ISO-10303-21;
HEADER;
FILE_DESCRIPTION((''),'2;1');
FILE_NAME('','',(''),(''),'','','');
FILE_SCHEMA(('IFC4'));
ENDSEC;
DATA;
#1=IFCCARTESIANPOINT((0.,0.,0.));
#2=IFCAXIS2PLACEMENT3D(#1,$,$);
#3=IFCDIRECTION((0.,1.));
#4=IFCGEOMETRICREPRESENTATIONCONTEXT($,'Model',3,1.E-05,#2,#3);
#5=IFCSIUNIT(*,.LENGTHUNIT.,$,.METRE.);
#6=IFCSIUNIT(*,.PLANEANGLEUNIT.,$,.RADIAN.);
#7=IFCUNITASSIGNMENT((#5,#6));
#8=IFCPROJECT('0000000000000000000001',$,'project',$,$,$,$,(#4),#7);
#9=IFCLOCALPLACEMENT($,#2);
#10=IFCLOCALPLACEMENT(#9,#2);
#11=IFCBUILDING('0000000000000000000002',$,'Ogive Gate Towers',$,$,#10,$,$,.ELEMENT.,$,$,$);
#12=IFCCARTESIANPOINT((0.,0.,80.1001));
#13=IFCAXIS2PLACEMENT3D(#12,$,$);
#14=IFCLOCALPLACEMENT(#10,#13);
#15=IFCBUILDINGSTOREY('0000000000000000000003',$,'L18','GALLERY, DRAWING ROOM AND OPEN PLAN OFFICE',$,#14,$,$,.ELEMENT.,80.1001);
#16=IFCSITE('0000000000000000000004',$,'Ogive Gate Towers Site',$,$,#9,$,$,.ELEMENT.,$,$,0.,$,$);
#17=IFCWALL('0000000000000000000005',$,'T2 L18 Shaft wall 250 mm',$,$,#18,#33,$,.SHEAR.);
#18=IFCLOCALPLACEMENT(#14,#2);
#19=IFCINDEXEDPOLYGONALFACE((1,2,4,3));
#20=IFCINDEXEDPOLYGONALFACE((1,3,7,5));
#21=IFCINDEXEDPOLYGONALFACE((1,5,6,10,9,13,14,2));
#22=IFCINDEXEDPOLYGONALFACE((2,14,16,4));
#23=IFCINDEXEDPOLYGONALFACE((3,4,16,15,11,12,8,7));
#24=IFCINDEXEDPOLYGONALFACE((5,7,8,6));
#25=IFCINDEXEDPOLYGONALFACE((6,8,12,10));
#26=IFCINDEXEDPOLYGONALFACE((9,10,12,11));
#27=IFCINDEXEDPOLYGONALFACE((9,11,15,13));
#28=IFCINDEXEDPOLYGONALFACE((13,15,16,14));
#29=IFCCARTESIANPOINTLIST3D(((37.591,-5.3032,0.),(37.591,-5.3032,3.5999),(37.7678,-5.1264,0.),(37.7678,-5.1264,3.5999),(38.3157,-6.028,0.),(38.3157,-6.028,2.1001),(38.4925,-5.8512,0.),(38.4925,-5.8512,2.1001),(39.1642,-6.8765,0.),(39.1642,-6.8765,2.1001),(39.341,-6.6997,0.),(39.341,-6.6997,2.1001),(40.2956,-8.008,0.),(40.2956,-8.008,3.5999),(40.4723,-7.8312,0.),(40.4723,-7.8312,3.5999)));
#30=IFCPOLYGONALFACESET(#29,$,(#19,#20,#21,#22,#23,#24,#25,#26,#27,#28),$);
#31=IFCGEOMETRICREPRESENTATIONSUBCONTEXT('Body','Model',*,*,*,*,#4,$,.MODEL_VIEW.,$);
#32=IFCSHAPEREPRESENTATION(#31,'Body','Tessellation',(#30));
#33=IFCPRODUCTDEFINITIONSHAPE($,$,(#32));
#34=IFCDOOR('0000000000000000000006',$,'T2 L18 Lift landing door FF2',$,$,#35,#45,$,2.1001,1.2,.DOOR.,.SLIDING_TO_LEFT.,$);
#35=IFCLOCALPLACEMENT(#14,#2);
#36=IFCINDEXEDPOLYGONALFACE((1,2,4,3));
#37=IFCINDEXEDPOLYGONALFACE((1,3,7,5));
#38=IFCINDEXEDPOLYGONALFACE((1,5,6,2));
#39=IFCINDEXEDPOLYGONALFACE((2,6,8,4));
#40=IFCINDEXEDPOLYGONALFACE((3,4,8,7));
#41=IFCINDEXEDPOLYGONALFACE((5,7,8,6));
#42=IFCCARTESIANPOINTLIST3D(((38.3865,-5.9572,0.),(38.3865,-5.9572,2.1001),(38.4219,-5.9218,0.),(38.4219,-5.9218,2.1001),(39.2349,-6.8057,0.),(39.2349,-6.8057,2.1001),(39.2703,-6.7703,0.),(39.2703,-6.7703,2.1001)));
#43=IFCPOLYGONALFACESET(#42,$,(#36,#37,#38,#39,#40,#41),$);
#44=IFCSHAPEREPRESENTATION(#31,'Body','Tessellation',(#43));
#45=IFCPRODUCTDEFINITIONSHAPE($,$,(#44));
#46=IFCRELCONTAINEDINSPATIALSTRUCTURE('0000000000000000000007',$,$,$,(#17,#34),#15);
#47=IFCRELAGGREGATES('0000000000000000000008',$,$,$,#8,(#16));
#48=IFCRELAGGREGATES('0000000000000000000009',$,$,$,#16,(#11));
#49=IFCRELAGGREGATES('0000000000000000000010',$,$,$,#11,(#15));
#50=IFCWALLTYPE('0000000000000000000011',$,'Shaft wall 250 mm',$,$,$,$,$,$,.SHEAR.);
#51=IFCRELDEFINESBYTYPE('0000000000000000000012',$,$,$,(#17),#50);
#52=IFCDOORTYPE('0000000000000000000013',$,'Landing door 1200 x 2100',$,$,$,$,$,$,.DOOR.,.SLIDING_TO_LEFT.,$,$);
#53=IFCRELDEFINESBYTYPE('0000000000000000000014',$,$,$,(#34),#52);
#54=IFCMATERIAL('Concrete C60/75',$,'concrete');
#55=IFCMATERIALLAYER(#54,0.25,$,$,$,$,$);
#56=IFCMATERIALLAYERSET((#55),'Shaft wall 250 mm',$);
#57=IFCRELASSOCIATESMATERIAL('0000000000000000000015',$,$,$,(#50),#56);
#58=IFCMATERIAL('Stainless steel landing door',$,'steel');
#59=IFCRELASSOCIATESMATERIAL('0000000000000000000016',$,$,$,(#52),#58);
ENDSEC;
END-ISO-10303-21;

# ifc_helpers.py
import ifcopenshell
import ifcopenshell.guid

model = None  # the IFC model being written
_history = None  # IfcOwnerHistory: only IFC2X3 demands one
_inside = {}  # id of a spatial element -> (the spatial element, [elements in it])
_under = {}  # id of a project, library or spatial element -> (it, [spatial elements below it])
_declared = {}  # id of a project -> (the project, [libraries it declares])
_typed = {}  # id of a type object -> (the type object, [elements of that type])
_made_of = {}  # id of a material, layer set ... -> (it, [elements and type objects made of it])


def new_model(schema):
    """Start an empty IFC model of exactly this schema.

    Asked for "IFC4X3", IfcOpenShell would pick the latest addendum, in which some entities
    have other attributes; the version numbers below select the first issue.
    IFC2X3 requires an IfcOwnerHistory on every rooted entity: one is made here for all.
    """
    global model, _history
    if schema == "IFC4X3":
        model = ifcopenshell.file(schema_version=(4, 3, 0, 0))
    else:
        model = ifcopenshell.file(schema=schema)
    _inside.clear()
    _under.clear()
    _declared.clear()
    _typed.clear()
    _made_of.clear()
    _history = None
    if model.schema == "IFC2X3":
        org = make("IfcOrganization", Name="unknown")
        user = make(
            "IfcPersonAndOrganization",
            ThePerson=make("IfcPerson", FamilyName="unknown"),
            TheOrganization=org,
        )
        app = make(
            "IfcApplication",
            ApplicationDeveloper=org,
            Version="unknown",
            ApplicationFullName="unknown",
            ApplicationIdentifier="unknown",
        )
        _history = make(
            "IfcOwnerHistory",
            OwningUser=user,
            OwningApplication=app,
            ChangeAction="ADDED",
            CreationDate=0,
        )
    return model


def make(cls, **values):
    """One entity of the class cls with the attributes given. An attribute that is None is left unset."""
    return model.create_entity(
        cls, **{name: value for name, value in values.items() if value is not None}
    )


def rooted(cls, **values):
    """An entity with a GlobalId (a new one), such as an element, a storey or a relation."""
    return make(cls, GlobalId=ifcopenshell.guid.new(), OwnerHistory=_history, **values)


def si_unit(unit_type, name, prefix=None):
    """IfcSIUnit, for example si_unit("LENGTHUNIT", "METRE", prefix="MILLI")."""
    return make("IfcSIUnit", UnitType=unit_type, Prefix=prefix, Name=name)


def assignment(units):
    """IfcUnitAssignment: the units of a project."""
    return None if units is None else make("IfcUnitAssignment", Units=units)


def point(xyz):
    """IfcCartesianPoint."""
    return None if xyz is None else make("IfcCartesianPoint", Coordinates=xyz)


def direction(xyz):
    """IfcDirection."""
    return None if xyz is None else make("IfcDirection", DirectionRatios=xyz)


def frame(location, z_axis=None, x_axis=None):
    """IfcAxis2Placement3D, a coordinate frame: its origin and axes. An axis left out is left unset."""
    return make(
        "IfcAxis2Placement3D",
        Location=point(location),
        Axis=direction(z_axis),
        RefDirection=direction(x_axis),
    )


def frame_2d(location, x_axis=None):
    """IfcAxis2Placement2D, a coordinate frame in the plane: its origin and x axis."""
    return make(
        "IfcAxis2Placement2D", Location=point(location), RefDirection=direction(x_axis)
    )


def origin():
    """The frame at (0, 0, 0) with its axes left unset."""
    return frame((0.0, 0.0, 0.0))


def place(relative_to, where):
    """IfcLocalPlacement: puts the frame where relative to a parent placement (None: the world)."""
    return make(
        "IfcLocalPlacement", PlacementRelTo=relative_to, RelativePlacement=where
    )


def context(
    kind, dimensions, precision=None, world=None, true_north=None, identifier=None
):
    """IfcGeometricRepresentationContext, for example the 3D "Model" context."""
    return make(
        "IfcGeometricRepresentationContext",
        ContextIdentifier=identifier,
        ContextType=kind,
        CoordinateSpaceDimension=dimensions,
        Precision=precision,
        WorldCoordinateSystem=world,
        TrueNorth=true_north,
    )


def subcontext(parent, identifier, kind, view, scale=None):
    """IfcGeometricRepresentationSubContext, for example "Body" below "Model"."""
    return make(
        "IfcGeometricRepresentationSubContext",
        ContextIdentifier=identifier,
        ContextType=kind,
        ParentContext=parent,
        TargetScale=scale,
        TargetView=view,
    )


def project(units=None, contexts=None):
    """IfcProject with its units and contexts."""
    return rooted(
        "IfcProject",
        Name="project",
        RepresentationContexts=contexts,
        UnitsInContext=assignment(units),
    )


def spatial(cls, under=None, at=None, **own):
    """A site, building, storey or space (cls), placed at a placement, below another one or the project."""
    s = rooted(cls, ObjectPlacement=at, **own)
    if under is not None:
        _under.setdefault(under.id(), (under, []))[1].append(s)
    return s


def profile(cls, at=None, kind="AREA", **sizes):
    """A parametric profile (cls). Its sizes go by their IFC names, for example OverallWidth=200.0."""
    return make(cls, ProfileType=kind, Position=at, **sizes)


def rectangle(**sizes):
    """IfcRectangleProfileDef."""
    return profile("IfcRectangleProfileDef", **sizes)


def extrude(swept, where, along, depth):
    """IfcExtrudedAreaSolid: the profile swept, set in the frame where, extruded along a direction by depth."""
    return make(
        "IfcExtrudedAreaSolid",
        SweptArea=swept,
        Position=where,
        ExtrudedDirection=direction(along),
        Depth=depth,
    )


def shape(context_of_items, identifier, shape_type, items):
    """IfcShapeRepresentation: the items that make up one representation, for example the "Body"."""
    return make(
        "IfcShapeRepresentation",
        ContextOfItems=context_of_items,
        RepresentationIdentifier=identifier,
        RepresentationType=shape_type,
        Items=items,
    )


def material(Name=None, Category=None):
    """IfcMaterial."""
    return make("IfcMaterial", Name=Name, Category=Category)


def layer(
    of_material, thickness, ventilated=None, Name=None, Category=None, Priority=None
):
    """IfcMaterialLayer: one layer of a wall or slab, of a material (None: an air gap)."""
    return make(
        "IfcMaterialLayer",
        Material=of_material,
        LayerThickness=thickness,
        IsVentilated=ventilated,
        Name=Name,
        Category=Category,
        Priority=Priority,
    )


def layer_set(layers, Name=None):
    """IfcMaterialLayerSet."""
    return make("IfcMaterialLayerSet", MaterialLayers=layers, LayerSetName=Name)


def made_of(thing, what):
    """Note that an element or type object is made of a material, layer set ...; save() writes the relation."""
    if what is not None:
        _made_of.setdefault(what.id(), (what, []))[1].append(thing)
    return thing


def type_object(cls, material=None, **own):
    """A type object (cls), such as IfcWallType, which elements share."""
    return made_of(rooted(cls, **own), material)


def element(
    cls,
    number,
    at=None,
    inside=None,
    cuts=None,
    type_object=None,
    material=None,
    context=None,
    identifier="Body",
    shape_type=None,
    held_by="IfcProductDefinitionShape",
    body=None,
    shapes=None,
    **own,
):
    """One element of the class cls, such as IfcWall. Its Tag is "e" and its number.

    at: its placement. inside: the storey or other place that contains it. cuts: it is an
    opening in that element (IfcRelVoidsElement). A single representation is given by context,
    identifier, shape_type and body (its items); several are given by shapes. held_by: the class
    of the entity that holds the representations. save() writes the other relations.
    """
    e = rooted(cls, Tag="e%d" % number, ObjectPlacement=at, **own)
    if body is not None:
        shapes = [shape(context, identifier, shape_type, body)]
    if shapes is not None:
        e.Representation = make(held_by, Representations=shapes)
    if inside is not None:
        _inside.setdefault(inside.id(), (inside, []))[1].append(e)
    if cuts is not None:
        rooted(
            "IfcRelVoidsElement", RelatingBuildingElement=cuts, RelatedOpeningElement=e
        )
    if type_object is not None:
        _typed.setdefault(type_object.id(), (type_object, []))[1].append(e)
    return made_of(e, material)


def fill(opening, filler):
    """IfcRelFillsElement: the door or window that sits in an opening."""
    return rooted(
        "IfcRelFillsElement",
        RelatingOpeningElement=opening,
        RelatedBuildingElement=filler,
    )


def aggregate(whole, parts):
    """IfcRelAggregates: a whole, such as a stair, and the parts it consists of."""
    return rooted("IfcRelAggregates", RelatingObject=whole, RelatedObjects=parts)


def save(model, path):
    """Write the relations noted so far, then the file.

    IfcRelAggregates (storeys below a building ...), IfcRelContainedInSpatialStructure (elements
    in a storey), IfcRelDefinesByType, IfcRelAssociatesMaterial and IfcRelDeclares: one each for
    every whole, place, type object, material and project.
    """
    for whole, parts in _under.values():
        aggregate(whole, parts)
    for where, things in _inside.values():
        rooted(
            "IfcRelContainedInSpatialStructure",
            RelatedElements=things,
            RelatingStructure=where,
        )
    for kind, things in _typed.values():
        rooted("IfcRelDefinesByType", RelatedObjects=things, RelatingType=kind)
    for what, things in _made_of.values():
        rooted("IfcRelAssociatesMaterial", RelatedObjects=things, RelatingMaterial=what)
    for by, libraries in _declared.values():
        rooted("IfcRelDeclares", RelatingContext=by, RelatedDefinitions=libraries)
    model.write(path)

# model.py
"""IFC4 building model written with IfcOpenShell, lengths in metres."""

from ifc_helpers import new_model, si_unit, direction, frame, frame_2d, origin, place, context, subcontext, project, spatial, rectangle, extrude, material, layer, layer_set, type_object, element, fill, save


model = new_model("IFC4")

# Units and contexts
model_context = context("Model", 3, precision=1e-05, world=origin(), true_north=direction((0.0, 1.0)))
body_context = subcontext(model_context, "Body", "Model", "MODEL_VIEW")
ifc_project = project(units=[si_unit("LENGTHUNIT", "METRE"), si_unit("PLANEANGLEUNIT", "RADIAN")], contexts=[model_context])

# Site, building, storey
site_placement = place(None, origin())
site = spatial("IfcSite", under=ifc_project, at=site_placement, Name="Ogive Gate Towers Site", CompositionType="ELEMENT", RefElevation=0.0)
building_placement = place(site_placement, origin())
building = spatial("IfcBuilding", under=site, at=building_placement, Name="Ogive Gate Towers", CompositionType="ELEMENT")
storey_placement = place(building_placement, frame((0.0, 0.0, 80.1001)))
storey = spatial("IfcBuildingStorey", under=building, at=storey_placement, Name="L18", Description="GALLERY, DRAWING ROOM AND OPEN PLAN OFFICE", CompositionType="ELEMENT", Elevation=80.1001)

# Shared definitions
ifc_material_1 = material(Name="Concrete C60/75", Category="concrete")

# Shared definitions
ifc_layer_1 = layer(ifc_material_1, 0.25)
ifc_layer_set_1 = layer_set([ifc_layer_1], Name="Shaft wall 250 mm")
wall_type_1 = type_object("IfcWallType", Name="Shaft wall 250 mm", PredefinedType="SHEAR", material=ifc_layer_set_1)

# Wall, opening, door
wall_1_placement = place(storey_placement, frame((40.384, -7.9197, 0.0), z_axis=(0.0, 0.0, 1.0), x_axis=(-0.707075, 0.707139, 0.0)))
wall_1 = element("IfcWall", 1, at=wall_1_placement, inside=storey, type_object=wall_type_1, Name="T2 L18 Shaft wall 250 mm", PredefinedType="SHEAR", context=body_context, shape_type="SweptSolid", body=[
    extrude(rectangle(XDim=3.825, YDim=0.25, at=frame_2d((1.9126, 0.0))), origin(), (0.0, 0.0, 1.0), 3.5999),
])
opening_1_placement = place(wall_1_placement, frame((1.6001, 0.0, 0.0)))
opening_1 = element("IfcOpeningElement", 2, at=opening_1_placement, cuts=wall_1, PredefinedType="OPENING", context=body_context, shape_type="SweptSolid", body=[
    extrude(rectangle(XDim=1.2, YDim=2.1001, at=frame_2d((0.6001, 1.05))), frame((0.0, 0.135, 0.0), z_axis=(0.0, -1.0, 0.0), x_axis=(1.0, 0.0, 0.0)), (0.0, 0.0, 1.0), 0.27),
])
ifc_material_2 = material(Name="Stainless steel landing door", Category="steel")
door_type_1 = type_object("IfcDoorType", Name="Landing door 1200 x 2100", OperationType="SLIDING_TO_LEFT", PredefinedType="DOOR", material=ifc_material_2)
door_1_placement = place(opening_1_placement, origin())
door_1 = element("IfcDoor", 3, at=door_1_placement, inside=storey, type_object=door_type_1, Name="T2 L18 Lift landing door FF2", OperationType="SLIDING_TO_LEFT", OverallHeight=2.1001, OverallWidth=1.2, PredefinedType="DOOR", context=body_context, shape_type="SweptSolid", body=[
    extrude(rectangle(XDim=1.2, YDim=2.1001, at=frame_2d((0.6001, 1.05))), frame((0.0, 0.0249, 0.0), z_axis=(0.0, -1.0, 0.0), x_axis=(1.0, 0.0, 0.0)), (0.0, 0.0, 1.0), 0.05),
])
fill(opening_1, door_1)

save(model, "model.ifc")
